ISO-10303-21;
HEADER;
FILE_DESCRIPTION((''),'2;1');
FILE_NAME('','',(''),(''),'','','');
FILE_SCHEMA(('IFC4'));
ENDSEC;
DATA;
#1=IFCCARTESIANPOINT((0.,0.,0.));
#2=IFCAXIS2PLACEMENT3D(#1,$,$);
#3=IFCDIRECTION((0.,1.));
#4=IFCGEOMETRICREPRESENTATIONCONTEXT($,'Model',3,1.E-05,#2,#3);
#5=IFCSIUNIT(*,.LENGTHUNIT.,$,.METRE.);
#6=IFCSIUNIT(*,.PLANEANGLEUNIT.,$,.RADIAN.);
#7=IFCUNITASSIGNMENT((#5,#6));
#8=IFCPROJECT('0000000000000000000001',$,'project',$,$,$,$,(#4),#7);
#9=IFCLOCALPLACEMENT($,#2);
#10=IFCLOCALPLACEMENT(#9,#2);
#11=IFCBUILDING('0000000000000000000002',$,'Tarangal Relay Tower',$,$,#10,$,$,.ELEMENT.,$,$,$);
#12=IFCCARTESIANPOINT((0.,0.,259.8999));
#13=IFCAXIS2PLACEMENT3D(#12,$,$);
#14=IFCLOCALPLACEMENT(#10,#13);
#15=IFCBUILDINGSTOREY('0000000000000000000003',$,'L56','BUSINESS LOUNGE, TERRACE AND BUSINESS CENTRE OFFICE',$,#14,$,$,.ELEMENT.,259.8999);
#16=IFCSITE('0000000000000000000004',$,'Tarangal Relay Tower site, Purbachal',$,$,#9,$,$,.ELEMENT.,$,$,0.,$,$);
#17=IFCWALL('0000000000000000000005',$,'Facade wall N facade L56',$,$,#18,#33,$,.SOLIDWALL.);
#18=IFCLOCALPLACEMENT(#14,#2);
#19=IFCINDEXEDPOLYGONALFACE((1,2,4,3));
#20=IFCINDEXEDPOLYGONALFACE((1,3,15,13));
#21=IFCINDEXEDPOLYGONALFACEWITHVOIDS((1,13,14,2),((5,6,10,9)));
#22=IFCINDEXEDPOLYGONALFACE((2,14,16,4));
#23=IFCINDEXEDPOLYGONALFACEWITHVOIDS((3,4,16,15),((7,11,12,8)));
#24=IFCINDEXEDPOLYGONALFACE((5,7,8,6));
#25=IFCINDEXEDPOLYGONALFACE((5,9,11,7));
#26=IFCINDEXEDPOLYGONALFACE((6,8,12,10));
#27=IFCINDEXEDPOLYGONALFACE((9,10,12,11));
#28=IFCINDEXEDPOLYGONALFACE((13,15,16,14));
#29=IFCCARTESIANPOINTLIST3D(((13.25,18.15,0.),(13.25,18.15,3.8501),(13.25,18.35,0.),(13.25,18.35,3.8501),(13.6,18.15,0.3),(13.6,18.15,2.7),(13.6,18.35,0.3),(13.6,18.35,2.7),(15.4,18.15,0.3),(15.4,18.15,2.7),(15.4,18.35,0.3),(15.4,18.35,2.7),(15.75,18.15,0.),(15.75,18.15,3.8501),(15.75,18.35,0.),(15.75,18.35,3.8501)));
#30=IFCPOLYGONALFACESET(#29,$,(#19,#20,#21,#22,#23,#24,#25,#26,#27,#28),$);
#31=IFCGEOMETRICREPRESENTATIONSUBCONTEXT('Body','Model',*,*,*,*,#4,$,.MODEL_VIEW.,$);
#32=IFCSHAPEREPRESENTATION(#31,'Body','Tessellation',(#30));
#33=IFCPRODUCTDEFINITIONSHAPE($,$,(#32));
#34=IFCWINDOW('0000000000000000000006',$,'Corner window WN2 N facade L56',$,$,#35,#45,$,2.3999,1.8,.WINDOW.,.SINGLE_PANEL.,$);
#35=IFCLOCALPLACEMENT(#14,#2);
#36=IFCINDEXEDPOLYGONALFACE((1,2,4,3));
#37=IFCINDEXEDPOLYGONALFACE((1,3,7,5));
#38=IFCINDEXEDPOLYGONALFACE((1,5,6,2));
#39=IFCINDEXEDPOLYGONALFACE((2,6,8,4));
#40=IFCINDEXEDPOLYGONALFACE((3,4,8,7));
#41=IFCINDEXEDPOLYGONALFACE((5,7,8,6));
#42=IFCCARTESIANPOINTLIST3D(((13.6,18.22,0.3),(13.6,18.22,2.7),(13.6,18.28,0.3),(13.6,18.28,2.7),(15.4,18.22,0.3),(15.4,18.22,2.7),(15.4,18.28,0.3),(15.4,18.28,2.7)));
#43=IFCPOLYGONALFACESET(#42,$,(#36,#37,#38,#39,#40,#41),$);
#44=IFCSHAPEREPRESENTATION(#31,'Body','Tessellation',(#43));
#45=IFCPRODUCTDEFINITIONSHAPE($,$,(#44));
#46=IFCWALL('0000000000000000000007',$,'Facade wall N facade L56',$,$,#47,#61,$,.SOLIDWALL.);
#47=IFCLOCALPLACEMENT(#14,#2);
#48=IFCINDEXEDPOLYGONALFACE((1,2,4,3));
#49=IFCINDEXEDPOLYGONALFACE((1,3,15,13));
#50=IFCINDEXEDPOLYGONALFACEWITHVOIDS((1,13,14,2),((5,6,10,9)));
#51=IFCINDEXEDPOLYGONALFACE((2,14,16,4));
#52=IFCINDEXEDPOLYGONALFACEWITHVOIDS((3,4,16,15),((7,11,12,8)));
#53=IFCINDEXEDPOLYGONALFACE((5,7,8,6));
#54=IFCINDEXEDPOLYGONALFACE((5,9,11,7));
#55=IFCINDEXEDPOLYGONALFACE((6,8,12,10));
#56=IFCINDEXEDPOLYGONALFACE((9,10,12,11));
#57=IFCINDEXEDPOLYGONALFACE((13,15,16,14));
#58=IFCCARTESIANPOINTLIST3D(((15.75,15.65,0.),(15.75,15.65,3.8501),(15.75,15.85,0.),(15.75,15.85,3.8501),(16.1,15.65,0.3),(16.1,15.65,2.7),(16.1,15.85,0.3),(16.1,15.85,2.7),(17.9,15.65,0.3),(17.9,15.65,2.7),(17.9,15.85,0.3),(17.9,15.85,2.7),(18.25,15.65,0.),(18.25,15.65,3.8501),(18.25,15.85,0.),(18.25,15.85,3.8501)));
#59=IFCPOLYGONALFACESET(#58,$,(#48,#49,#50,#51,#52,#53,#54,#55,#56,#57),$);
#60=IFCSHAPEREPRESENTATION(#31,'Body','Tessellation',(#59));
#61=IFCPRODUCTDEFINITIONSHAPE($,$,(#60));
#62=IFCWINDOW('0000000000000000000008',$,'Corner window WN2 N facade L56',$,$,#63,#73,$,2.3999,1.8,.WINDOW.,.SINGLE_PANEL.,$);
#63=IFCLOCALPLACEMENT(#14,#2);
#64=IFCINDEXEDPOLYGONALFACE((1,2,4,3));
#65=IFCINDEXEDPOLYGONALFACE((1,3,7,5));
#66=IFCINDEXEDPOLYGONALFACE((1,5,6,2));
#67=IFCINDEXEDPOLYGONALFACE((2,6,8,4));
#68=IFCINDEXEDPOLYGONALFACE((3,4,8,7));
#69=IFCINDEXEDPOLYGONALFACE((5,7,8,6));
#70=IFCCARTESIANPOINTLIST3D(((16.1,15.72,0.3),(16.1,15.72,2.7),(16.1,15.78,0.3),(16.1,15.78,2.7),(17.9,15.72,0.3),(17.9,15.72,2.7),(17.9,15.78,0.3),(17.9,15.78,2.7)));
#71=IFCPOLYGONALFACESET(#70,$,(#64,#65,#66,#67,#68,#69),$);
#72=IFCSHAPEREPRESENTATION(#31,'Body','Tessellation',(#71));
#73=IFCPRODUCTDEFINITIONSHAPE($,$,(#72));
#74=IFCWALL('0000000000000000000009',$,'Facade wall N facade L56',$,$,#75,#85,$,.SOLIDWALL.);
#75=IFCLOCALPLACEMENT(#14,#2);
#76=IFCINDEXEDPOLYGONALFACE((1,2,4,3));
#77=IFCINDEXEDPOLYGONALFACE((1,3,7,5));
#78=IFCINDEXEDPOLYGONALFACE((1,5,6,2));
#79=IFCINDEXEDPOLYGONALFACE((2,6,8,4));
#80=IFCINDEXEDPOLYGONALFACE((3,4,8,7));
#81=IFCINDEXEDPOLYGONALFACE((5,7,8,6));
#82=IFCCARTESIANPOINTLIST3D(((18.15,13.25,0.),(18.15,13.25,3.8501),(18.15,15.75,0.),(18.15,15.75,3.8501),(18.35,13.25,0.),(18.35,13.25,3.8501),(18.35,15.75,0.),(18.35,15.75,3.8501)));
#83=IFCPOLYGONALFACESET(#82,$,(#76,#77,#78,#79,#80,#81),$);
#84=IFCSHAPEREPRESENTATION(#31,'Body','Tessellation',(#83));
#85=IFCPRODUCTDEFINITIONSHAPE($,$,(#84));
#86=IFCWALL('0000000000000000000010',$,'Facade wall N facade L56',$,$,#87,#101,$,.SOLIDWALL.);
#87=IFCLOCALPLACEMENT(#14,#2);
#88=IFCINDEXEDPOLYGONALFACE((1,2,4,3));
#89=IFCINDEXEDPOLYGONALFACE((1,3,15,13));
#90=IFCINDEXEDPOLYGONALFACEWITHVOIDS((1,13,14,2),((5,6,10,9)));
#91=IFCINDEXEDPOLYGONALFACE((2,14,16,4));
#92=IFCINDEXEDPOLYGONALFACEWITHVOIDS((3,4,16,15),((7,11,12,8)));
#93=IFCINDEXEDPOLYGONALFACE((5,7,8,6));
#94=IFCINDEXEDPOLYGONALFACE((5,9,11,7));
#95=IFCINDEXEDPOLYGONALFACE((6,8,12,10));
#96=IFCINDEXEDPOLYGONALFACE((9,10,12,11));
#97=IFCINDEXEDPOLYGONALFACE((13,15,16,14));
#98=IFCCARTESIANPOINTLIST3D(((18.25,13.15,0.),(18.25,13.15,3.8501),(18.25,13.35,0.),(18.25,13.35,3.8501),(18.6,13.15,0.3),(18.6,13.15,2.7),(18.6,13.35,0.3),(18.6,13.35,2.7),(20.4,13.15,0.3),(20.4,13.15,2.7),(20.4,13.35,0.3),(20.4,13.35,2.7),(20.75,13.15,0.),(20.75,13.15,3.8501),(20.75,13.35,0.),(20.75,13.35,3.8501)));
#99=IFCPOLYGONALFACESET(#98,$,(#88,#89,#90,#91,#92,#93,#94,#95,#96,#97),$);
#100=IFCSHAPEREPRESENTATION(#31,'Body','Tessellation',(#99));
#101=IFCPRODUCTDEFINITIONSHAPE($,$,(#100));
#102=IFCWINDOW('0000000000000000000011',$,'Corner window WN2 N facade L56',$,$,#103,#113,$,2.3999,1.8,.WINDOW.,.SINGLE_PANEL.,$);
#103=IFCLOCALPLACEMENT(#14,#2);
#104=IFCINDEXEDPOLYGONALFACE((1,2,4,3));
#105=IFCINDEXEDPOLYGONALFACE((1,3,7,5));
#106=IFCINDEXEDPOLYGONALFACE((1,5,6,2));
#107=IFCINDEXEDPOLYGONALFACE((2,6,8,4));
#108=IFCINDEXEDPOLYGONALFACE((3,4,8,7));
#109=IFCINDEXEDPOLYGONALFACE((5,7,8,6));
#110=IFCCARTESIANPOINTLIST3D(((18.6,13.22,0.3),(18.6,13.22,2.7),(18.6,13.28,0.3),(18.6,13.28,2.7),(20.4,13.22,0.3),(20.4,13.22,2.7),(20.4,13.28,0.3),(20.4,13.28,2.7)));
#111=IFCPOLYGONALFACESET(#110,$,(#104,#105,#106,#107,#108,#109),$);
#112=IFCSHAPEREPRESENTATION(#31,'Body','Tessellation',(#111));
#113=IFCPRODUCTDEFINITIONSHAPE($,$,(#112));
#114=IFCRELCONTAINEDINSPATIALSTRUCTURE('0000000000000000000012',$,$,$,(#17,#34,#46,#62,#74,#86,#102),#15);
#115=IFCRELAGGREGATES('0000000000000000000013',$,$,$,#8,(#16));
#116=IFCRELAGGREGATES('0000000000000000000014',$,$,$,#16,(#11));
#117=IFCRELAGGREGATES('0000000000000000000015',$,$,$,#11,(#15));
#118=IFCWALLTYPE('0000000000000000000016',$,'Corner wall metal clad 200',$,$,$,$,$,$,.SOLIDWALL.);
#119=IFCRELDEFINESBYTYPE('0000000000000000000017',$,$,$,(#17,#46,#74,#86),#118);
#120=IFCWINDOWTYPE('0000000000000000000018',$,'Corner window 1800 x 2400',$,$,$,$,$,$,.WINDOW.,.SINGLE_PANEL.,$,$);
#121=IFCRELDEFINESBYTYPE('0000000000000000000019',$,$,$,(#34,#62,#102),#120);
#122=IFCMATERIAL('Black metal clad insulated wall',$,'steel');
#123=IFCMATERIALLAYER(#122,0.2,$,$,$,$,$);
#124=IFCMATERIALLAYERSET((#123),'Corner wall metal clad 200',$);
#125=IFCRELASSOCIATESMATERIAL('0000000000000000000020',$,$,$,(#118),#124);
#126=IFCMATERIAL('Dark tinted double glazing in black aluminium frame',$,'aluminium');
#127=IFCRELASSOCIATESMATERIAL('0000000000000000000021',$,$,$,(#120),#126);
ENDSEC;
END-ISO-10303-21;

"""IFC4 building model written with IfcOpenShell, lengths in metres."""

from ifc_helpers import new_model, si_unit, direction, frame, frame_2d, origin, place, context, subcontext, project, spatial, rectangle, extrude, material, layer, layer_set, type_object, element, fill, save


model = new_model("IFC4")

# Units and contexts
model_context = context("Model", 3, precision=1e-05, world=origin(), true_north=direction((0.0, 1.0)))
body_context = subcontext(model_context, "Body", "Model", "MODEL_VIEW")
ifc_project = project(units=[si_unit("LENGTHUNIT", "METRE"), si_unit("PLANEANGLEUNIT", "RADIAN")], contexts=[model_context])

# Site, building, storey
site_placement = place(None, origin())
site = spatial("IfcSite", under=ifc_project, at=site_placement, Name="Tarangal Relay Tower site, Purbachal", CompositionType="ELEMENT", RefElevation=0.0)
building_placement = place(site_placement, origin())
building = spatial("IfcBuilding", under=site, at=building_placement, Name="Tarangal Relay Tower", CompositionType="ELEMENT")
storey_placement = place(building_placement, frame((0.0, 0.0, 259.8999)))
storey = spatial("IfcBuildingStorey", under=building, at=storey_placement, Name="L56", Description="BUSINESS LOUNGE, TERRACE AND BUSINESS CENTRE OFFICE", CompositionType="ELEMENT", Elevation=259.8999)

# Shared definitions
ifc_material_1 = material(Name="Black metal clad insulated wall", Category="steel")
ifc_layer_1 = layer(ifc_material_1, 0.2)
ifc_layer_set_1 = layer_set([ifc_layer_1], Name="Corner wall metal clad 200")
wall_type_1 = type_object("IfcWallType", Name="Corner wall metal clad 200", PredefinedType="SOLIDWALL", material=ifc_layer_set_1)

# Wall, opening, window
wall_1_placement = place(storey_placement, frame((13.25, 18.25, 0.0), z_axis=(0.0, 0.0, 1.0), x_axis=(1.0, 0.0, 0.0)))
wall_1 = element("IfcWall", 1, at=wall_1_placement, inside=storey, type_object=wall_type_1, Name="Facade wall N facade L56", PredefinedType="SOLIDWALL", context=body_context, shape_type="SweptSolid", body=[
    extrude(rectangle(XDim=2.5, YDim=0.2, at=frame_2d((1.25, 0.0))), origin(), (0.0, 0.0, 1.0), 3.8501),
])
opening_1_placement = place(wall_1_placement, frame((0.3501, 0.0, 0.3)))
opening_1 = element("IfcOpeningElement", 2, at=opening_1_placement, cuts=wall_1, PredefinedType="OPENING", context=body_context, shape_type="SweptSolid", body=[
    extrude(rectangle(XDim=1.8, YDim=2.3999, at=frame_2d((0.8999, 1.2))), frame((0.0, 0.1099, 0.0), z_axis=(0.0, -1.0, 0.0), x_axis=(1.0, 0.0, 0.0)), (0.0, 0.0, 1.0), 0.22),
])
ifc_material_2 = material(Name="Dark tinted double glazing in black aluminium frame", Category="aluminium")
window_type = type_object("IfcWindowType", Name="Corner window 1800 x 2400", PartitioningType="SINGLE_PANEL", PredefinedType="WINDOW", material=ifc_material_2)
window_1_placement = place(opening_1_placement, origin())
window_1 = element("IfcWindow", 3, at=window_1_placement, inside=storey, type_object=window_type, Name="Corner window WN2 N facade L56", OverallHeight=2.3999, OverallWidth=1.8, PartitioningType="SINGLE_PANEL", PredefinedType="WINDOW", context=body_context, shape_type="SweptSolid", body=[
    extrude(rectangle(XDim=1.8, YDim=2.3999, at=frame_2d((0.8999, 1.2))), frame((0.0, 0.03, 0.0), z_axis=(0.0, -1.0, 0.0), x_axis=(1.0, 0.0, 0.0)), (0.0, 0.0, 1.0), 0.0601),
])
fill(opening_1, window_1)

# Wall, opening, window
wall_2_placement = place(storey_placement, frame((15.75, 15.75, 0.0), z_axis=(0.0, 0.0, 1.0), x_axis=(1.0, 0.0, 0.0)))
wall_2 = element("IfcWall", 4, at=wall_2_placement, inside=storey, type_object=wall_type_1, Name="Facade wall N facade L56", PredefinedType="SOLIDWALL", context=body_context, shape_type="SweptSolid", body=[
    extrude(rectangle(XDim=2.5, YDim=0.2, at=frame_2d((1.25, 0.0))), origin(), (0.0, 0.0, 1.0), 3.8501),
])
opening_2_placement = place(wall_2_placement, frame((0.3501, 0.0, 0.3)))
opening_2 = element("IfcOpeningElement", 5, at=opening_2_placement, cuts=wall_2, PredefinedType="OPENING", context=body_context, shape_type="SweptSolid", body=[
    extrude(rectangle(XDim=1.8, YDim=2.3999, at=frame_2d((0.8999, 1.2))), frame((0.0, 0.1099, 0.0), z_axis=(0.0, -1.0, 0.0), x_axis=(1.0, 0.0, 0.0)), (0.0, 0.0, 1.0), 0.22),
])
window_2_placement = place(opening_2_placement, origin())
window_2 = element("IfcWindow", 6, at=window_2_placement, inside=storey, type_object=window_type, Name="Corner window WN2 N facade L56", OverallHeight=2.3999, OverallWidth=1.8, PartitioningType="SINGLE_PANEL", PredefinedType="WINDOW", context=body_context, shape_type="SweptSolid", body=[
    extrude(rectangle(XDim=1.8, YDim=2.3999, at=frame_2d((0.8999, 1.2))), frame((0.0, 0.03, 0.0), z_axis=(0.0, -1.0, 0.0), x_axis=(1.0, 0.0, 0.0)), (0.0, 0.0, 1.0), 0.0601),
])
fill(opening_2, window_2)

# Wall
wall_3_placement = place(storey_placement, frame((18.25, 15.75, 0.0), z_axis=(0.0, 0.0, 1.0), x_axis=(0.0, -1.0, 0.0)))
element("IfcWall", 7, at=wall_3_placement, inside=storey, type_object=wall_type_1, Name="Facade wall N facade L56", PredefinedType="SOLIDWALL", context=body_context, shape_type="SweptSolid", body=[
    extrude(rectangle(XDim=2.5, YDim=0.2, at=frame_2d((1.25, 0.0))), origin(), (0.0, 0.0, 1.0), 3.8501),
])

# Wall, opening, window
wall_4_placement = place(storey_placement, frame((18.25, 13.25, 0.0), z_axis=(0.0, 0.0, 1.0), x_axis=(1.0, 0.0, 0.0)))
wall_4 = element("IfcWall", 8, at=wall_4_placement, inside=storey, type_object=wall_type_1, Name="Facade wall N facade L56", PredefinedType="SOLIDWALL", context=body_context, shape_type="SweptSolid", body=[
    extrude(rectangle(XDim=2.5, YDim=0.2, at=frame_2d((1.25, 0.0))), origin(), (0.0, 0.0, 1.0), 3.8501),
])
opening_3_placement = place(wall_4_placement, frame((0.3501, 0.0, 0.3)))
opening_3 = element("IfcOpeningElement", 9, at=opening_3_placement, cuts=wall_4, PredefinedType="OPENING", context=body_context, shape_type="SweptSolid", body=[
    extrude(rectangle(XDim=1.8, YDim=2.3999, at=frame_2d((0.8999, 1.2))), frame((0.0, 0.1099, 0.0), z_axis=(0.0, -1.0, 0.0), x_axis=(1.0, 0.0, 0.0)), (0.0, 0.0, 1.0), 0.22),
])
window_3_placement = place(opening_3_placement, origin())
window_3 = element("IfcWindow", 10, at=window_3_placement, inside=storey, type_object=window_type, Name="Corner window WN2 N facade L56", OverallHeight=2.3999, OverallWidth=1.8, PartitioningType="SINGLE_PANEL", PredefinedType="WINDOW", context=body_context, shape_type="SweptSolid", body=[
    extrude(rectangle(XDim=1.8, YDim=2.3999, at=frame_2d((0.8999, 1.2))), frame((0.0, 0.03, 0.0), z_axis=(0.0, -1.0, 0.0), x_axis=(1.0, 0.0, 0.0)), (0.0, 0.0, 1.0), 0.0601),
])
fill(opening_3, window_3)

save(model, "model.ifc")
